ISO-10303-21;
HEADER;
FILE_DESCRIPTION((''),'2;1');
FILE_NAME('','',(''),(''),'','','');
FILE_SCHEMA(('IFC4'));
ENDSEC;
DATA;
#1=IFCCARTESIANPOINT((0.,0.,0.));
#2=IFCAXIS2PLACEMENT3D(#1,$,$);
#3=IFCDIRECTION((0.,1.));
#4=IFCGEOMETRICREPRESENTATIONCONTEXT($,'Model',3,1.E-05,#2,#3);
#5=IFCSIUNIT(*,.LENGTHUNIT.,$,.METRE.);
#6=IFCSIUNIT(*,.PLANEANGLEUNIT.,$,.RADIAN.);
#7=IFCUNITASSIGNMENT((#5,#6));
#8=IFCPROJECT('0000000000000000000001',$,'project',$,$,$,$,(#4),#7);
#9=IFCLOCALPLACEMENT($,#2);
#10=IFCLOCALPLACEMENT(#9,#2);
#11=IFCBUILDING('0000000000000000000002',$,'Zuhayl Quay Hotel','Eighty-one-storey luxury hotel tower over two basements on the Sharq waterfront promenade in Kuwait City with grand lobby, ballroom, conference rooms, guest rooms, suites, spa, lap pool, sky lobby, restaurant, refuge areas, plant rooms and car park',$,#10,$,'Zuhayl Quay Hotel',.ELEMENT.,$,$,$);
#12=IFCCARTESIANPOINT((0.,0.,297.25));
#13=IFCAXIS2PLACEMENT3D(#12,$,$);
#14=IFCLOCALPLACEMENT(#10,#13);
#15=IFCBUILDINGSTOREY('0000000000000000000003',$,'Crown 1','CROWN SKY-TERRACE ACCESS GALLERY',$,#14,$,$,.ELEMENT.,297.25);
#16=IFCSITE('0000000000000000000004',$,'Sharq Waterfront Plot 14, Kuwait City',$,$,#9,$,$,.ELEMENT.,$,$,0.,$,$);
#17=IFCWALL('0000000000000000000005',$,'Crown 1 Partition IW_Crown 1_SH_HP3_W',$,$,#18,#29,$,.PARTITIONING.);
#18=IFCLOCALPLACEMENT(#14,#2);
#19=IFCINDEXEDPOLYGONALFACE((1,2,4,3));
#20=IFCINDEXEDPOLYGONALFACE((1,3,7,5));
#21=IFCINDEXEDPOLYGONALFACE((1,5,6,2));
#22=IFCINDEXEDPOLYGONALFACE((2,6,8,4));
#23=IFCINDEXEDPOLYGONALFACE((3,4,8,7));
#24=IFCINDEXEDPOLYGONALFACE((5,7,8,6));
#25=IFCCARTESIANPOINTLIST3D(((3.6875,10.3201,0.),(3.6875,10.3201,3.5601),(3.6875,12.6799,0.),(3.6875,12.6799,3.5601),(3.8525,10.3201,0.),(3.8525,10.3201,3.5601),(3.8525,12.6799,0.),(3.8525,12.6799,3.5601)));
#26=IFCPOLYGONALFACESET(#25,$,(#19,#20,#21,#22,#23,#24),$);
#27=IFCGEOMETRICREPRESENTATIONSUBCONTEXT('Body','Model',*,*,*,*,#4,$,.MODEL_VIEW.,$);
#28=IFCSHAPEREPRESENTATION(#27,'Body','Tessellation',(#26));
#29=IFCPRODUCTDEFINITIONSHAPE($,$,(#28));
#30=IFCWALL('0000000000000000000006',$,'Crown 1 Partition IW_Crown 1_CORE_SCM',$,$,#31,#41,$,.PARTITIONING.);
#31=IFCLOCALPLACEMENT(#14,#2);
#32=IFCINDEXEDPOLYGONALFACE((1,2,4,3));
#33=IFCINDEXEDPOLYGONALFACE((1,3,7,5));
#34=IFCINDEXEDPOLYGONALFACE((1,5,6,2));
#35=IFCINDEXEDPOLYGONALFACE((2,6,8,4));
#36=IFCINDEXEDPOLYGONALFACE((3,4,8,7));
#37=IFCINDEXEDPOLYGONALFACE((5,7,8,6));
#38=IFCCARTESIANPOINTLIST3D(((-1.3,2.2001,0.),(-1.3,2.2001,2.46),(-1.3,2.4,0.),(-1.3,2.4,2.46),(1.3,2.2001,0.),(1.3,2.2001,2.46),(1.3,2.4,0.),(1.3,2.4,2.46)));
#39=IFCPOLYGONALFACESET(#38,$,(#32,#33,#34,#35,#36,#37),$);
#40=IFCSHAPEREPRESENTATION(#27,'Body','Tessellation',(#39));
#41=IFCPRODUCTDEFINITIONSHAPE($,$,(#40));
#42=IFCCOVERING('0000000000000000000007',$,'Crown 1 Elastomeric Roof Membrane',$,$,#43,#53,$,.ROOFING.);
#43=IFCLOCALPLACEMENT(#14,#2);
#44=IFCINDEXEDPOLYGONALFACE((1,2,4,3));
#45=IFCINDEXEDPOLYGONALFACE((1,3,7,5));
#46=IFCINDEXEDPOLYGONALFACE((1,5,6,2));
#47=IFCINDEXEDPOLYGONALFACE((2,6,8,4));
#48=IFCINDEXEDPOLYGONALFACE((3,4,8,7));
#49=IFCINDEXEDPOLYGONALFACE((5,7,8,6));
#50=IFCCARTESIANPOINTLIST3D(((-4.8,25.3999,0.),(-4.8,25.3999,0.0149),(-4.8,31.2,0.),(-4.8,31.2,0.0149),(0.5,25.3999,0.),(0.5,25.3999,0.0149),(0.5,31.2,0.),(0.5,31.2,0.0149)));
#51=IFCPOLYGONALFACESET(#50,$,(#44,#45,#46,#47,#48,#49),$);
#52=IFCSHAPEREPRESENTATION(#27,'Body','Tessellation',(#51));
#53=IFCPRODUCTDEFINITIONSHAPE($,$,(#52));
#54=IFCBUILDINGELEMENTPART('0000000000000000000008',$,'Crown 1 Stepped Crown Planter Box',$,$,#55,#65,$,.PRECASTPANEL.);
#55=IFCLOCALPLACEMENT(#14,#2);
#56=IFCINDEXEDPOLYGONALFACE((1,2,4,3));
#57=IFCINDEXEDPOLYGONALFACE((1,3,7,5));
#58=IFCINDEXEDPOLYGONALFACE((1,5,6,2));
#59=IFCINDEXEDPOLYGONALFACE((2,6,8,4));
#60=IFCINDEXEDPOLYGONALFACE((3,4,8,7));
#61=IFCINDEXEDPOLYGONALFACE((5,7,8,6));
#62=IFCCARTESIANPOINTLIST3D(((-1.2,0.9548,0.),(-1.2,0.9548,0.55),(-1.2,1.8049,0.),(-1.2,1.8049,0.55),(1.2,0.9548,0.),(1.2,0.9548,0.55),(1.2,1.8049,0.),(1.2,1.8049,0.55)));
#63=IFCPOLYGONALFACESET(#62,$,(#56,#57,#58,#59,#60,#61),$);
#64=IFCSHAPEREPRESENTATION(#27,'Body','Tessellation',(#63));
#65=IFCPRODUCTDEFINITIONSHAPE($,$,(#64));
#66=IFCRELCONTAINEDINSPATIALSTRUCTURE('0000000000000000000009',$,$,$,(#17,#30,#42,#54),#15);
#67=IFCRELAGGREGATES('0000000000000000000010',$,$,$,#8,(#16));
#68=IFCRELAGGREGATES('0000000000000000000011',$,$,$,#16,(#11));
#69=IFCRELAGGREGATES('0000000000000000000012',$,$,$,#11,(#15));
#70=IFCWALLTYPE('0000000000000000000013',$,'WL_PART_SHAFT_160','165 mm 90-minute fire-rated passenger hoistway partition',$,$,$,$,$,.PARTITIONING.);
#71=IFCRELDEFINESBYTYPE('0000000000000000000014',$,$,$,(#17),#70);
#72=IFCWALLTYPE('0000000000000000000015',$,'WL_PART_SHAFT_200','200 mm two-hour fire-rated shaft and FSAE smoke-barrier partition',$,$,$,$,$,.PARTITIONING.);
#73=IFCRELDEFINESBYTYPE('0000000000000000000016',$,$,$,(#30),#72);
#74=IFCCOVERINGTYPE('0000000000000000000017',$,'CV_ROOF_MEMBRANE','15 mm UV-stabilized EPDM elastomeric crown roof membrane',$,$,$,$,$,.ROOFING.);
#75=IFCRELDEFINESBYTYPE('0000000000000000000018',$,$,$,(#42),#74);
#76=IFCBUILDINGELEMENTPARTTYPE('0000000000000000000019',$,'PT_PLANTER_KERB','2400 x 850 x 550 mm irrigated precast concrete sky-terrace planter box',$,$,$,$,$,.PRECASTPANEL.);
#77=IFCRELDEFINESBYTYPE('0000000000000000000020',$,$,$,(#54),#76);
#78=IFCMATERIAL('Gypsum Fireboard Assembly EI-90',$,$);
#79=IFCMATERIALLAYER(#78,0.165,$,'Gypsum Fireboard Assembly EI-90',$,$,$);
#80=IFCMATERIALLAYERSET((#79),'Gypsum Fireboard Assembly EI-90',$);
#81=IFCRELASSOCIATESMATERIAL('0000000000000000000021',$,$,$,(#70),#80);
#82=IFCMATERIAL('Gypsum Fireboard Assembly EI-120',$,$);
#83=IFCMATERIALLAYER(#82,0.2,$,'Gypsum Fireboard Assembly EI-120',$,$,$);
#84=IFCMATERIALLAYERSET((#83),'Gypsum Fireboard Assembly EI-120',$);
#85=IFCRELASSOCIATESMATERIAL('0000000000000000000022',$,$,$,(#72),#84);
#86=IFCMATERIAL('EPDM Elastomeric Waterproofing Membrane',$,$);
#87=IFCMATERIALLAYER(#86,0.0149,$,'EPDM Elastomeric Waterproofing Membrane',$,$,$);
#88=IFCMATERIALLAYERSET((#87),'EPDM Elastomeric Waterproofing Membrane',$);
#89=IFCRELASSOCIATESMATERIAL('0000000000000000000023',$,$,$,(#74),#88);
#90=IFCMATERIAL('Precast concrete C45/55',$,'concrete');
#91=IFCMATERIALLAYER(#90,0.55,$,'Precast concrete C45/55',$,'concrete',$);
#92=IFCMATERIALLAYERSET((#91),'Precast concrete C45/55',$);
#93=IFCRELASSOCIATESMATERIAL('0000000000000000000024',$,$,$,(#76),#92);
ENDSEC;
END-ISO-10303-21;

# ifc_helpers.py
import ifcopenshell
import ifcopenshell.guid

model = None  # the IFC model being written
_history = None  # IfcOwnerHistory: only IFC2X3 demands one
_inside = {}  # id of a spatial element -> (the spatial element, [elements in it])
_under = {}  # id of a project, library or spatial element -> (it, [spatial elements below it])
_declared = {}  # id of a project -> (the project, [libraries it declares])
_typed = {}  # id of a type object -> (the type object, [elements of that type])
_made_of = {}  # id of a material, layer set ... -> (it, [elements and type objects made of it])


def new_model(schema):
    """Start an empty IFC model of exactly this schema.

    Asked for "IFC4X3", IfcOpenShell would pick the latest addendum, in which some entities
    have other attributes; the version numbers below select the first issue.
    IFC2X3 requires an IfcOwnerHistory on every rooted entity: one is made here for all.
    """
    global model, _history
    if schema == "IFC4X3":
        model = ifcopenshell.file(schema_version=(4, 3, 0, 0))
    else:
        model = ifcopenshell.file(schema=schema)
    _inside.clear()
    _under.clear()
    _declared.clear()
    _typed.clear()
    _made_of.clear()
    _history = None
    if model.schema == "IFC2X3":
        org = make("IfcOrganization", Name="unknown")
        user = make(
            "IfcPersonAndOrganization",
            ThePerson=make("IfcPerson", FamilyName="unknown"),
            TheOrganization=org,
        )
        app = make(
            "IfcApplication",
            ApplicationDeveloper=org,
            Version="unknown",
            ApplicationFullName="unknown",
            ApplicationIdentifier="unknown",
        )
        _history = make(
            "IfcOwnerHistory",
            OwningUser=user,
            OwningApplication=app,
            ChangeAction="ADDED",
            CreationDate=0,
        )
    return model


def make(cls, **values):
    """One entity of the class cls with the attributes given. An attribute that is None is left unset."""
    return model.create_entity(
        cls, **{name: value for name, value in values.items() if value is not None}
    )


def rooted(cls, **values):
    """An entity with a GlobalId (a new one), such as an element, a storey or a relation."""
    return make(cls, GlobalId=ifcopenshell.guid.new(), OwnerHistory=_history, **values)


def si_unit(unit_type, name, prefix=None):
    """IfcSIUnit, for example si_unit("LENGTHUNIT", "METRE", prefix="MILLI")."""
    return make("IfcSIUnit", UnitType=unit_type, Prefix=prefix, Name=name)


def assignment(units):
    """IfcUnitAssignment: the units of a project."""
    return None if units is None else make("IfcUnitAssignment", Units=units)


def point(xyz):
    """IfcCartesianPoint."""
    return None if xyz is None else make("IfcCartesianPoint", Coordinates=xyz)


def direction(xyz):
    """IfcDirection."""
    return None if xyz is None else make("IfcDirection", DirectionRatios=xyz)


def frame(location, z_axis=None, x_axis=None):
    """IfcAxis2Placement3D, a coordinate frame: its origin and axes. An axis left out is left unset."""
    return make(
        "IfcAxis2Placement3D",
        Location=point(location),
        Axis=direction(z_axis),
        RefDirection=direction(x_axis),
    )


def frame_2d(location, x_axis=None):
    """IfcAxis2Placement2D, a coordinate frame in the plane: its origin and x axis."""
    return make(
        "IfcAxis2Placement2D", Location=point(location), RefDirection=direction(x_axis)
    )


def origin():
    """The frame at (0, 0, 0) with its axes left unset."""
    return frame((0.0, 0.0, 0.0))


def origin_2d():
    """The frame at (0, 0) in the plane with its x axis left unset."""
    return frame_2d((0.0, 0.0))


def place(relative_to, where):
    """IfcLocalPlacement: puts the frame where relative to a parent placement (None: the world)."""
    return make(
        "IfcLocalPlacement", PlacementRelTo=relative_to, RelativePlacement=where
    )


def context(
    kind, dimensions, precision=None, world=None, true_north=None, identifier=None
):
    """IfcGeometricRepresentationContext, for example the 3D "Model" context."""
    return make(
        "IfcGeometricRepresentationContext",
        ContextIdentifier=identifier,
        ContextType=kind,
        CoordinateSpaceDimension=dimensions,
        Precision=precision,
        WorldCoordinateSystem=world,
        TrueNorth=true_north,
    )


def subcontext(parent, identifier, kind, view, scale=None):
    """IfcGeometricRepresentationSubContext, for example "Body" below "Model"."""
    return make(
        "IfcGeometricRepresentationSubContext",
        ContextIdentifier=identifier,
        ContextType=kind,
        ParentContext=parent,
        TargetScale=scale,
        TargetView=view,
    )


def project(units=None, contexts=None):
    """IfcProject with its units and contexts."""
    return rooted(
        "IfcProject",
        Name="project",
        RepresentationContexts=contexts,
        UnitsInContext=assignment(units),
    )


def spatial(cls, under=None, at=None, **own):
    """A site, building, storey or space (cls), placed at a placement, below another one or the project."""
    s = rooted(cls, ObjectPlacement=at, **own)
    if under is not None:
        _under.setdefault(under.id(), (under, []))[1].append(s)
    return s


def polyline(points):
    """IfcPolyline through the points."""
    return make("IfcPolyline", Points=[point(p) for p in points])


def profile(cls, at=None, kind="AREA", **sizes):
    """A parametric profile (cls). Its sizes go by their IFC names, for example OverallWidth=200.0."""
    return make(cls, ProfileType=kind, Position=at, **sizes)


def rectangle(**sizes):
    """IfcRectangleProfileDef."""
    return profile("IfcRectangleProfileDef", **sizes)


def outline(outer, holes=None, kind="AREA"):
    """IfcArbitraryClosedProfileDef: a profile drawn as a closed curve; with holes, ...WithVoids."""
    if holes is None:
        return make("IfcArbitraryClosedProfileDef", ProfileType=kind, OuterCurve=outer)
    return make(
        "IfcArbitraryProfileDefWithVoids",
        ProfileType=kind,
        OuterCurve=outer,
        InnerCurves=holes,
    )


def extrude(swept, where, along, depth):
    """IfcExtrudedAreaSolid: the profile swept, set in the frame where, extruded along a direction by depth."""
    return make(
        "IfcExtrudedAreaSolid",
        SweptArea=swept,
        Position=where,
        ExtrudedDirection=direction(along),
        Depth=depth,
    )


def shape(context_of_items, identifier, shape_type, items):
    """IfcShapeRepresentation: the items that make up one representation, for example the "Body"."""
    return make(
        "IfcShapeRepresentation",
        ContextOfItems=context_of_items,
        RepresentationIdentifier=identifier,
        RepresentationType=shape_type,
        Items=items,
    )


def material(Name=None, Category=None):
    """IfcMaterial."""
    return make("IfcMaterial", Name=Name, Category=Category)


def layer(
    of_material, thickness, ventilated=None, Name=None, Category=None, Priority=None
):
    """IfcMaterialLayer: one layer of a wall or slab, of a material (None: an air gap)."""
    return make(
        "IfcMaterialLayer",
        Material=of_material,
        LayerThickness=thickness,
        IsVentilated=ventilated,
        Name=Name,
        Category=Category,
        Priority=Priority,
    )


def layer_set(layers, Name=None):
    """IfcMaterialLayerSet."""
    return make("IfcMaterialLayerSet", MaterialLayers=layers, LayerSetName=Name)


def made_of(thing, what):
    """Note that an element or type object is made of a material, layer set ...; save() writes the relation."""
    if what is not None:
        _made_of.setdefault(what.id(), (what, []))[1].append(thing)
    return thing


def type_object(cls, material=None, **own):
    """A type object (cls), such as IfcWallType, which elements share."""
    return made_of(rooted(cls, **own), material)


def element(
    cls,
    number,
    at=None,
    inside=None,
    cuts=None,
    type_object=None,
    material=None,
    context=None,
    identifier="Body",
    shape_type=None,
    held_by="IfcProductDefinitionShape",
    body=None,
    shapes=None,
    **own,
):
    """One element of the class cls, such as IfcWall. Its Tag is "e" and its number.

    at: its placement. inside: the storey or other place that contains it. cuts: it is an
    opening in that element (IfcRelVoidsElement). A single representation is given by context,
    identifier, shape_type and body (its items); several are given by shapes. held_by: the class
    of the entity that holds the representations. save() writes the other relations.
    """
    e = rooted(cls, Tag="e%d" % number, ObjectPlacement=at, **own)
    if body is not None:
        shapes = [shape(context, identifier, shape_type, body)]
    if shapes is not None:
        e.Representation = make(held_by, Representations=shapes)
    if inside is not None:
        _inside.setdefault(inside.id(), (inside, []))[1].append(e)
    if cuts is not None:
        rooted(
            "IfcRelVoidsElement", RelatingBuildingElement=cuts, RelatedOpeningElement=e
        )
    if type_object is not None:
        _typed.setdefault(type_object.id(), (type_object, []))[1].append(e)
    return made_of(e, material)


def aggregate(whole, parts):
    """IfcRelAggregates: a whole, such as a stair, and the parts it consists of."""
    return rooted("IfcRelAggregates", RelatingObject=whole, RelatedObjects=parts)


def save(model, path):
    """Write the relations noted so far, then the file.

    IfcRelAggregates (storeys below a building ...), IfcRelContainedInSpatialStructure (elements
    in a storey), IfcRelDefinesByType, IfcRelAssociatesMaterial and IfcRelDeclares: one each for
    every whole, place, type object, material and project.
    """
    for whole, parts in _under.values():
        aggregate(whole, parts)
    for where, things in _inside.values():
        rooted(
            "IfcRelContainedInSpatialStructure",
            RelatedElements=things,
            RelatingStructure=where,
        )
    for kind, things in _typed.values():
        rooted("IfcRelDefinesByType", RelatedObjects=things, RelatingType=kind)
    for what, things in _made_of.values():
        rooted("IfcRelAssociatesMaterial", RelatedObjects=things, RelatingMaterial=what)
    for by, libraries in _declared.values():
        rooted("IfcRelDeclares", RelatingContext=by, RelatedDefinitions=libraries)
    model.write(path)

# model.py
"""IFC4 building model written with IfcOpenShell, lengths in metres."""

from ifc_helpers import new_model, si_unit, direction, frame, frame_2d, origin, origin_2d, place, context, subcontext, project, spatial, polyline, rectangle, outline, extrude, material, layer, layer_set, type_object, element, save


model = new_model("IFC4")

# Units and contexts
model_context = context("Model", 3, precision=1e-05, world=origin(), true_north=direction((0.0, 1.0)))
body_context = subcontext(model_context, "Body", "Model", "MODEL_VIEW")
ifc_project = project(units=[si_unit("LENGTHUNIT", "METRE"), si_unit("PLANEANGLEUNIT", "RADIAN")], contexts=[model_context])

# Site, building, storey
site_placement = place(None, origin())
site = spatial("IfcSite", under=ifc_project, at=site_placement, Name="Sharq Waterfront Plot 14, Kuwait City", CompositionType="ELEMENT", RefElevation=0.0)
building_placement = place(site_placement, origin())
building = spatial("IfcBuilding", under=site, at=building_placement, Name="Zuhayl Quay Hotel", Description="Eighty-one-storey luxury hotel tower over two basements on the Sharq waterfront promenade in Kuwait City with grand lobby, ballroom, conference rooms, guest rooms, suites, spa, lap pool, sky lobby, restaurant, refuge areas, plant rooms and car park", LongName="Zuhayl Quay Hotel", CompositionType="ELEMENT")
storey_placement = place(building_placement, frame((0.0, 0.0, 297.25)))
storey = spatial("IfcBuildingStorey", under=building, at=storey_placement, Name="Crown 1", Description="CROWN SKY-TERRACE ACCESS GALLERY", CompositionType="ELEMENT", Elevation=297.25)

# Shared definitions
ifc_material_1 = material(Name="Precast concrete C45/55", Category="concrete")

# Walls
ifc_material_2 = material(Name="Gypsum Fireboard Assembly EI-90")
ifc_layer_1 = layer(ifc_material_2, 0.165, Name="Gypsum Fireboard Assembly EI-90")
ifc_layer_set_1 = layer_set([ifc_layer_1], Name="Gypsum Fireboard Assembly EI-90")
wall_type_1 = type_object("IfcWallType", Name="WL_PART_SHAFT_160", Description="165 mm 90-minute fire-rated passenger hoistway partition", PredefinedType="PARTITIONING", material=ifc_layer_set_1)
wall_1_placement = place(storey_placement, frame((3.77, 10.3201, 0.0), z_axis=(0.0, 0.0, 1.0), x_axis=(0.0, 1.0, 0.0)))
element("IfcWall", 1, at=wall_1_placement, inside=storey, type_object=wall_type_1, Name="Crown 1 Partition IW_Crown 1_SH_HP3_W", PredefinedType="PARTITIONING", context=body_context, shape_type="SweptSolid", body=[
    extrude(rectangle(XDim=2.3599, YDim=0.165, at=frame_2d((1.1799, 0.0))), origin(), (0.0, 0.0, 1.0), 3.5601),
])
ifc_material_3 = material(Name="Gypsum Fireboard Assembly EI-120")
ifc_layer_2 = layer(ifc_material_3, 0.2, Name="Gypsum Fireboard Assembly EI-120")
ifc_layer_set_2 = layer_set([ifc_layer_2], Name="Gypsum Fireboard Assembly EI-120")
wall_type_2 = type_object("IfcWallType", Name="WL_PART_SHAFT_200", Description="200 mm two-hour fire-rated shaft and FSAE smoke-barrier partition", PredefinedType="PARTITIONING", material=ifc_layer_set_2)
wall_2_placement = place(storey_placement, frame((-1.3, 2.3, 0.0), z_axis=(0.0, 0.0, 1.0), x_axis=(1.0, 0.0, 0.0)))
element("IfcWall", 2, at=wall_2_placement, inside=storey, type_object=wall_type_2, Name="Crown 1 Partition IW_Crown 1_CORE_SCM", PredefinedType="PARTITIONING", context=body_context, shape_type="SweptSolid", body=[
    extrude(rectangle(XDim=2.6001, YDim=0.2, at=frame_2d((1.3, 0.0))), origin(), (0.0, 0.0, 1.0), 2.46),
])

# Covering
ifc_material_4 = material(Name="EPDM Elastomeric Waterproofing Membrane")
ifc_layer_3 = layer(ifc_material_4, 0.0149, Name="EPDM Elastomeric Waterproofing Membrane")
ifc_layer_set_3 = layer_set([ifc_layer_3], Name="EPDM Elastomeric Waterproofing Membrane")
covering_type = type_object("IfcCoveringType", Name="CV_ROOF_MEMBRANE", Description="15 mm UV-stabilized EPDM elastomeric crown roof membrane", PredefinedType="ROOFING", material=ifc_layer_set_3)
covering_placement = place(storey_placement, origin())
element("IfcCovering", 3, at=covering_placement, inside=storey, type_object=covering_type, Name="Crown 1 Elastomeric Roof Membrane", PredefinedType="ROOFING", context=body_context, shape_type="SweptSolid", body=[
    extrude(outline(polyline([(-4.8, 25.3999), (0.5, 25.3999), (0.5, 31.2), (-4.8, 31.2), (-4.8, 25.3999)])), origin(), (0.0, 0.0, 1.0), 0.0149),
])

# Building element part
ifc_layer_4 = layer(ifc_material_1, 0.55, Name="Precast concrete C45/55", Category="concrete")
ifc_layer_set_4 = layer_set([ifc_layer_4], Name="Precast concrete C45/55")
building_element_part_type = type_object("IfcBuildingElementPartType", Name="PT_PLANTER_KERB", Description="2400 x 850 x 550 mm irrigated precast concrete sky-terrace planter box", PredefinedType="PRECASTPANEL", material=ifc_layer_set_4)
building_element_part_placement = place(storey_placement, frame((0.0, 1.3799, 0.0), z_axis=(0.0, 0.0, 1.0), x_axis=(1.0, 0.0, 0.0)))
element("IfcBuildingElementPart", 4, at=building_element_part_placement, inside=storey, type_object=building_element_part_type, Name="Crown 1 Stepped Crown Planter Box", PredefinedType="PRECASTPANEL", context=body_context, shape_type="SweptSolid", body=[
    extrude(rectangle(XDim=2.3999, YDim=0.8501, at=origin_2d()), origin(), (0.0, 0.0, 1.0), 0.55),
])

save(model, "model.ifc")
